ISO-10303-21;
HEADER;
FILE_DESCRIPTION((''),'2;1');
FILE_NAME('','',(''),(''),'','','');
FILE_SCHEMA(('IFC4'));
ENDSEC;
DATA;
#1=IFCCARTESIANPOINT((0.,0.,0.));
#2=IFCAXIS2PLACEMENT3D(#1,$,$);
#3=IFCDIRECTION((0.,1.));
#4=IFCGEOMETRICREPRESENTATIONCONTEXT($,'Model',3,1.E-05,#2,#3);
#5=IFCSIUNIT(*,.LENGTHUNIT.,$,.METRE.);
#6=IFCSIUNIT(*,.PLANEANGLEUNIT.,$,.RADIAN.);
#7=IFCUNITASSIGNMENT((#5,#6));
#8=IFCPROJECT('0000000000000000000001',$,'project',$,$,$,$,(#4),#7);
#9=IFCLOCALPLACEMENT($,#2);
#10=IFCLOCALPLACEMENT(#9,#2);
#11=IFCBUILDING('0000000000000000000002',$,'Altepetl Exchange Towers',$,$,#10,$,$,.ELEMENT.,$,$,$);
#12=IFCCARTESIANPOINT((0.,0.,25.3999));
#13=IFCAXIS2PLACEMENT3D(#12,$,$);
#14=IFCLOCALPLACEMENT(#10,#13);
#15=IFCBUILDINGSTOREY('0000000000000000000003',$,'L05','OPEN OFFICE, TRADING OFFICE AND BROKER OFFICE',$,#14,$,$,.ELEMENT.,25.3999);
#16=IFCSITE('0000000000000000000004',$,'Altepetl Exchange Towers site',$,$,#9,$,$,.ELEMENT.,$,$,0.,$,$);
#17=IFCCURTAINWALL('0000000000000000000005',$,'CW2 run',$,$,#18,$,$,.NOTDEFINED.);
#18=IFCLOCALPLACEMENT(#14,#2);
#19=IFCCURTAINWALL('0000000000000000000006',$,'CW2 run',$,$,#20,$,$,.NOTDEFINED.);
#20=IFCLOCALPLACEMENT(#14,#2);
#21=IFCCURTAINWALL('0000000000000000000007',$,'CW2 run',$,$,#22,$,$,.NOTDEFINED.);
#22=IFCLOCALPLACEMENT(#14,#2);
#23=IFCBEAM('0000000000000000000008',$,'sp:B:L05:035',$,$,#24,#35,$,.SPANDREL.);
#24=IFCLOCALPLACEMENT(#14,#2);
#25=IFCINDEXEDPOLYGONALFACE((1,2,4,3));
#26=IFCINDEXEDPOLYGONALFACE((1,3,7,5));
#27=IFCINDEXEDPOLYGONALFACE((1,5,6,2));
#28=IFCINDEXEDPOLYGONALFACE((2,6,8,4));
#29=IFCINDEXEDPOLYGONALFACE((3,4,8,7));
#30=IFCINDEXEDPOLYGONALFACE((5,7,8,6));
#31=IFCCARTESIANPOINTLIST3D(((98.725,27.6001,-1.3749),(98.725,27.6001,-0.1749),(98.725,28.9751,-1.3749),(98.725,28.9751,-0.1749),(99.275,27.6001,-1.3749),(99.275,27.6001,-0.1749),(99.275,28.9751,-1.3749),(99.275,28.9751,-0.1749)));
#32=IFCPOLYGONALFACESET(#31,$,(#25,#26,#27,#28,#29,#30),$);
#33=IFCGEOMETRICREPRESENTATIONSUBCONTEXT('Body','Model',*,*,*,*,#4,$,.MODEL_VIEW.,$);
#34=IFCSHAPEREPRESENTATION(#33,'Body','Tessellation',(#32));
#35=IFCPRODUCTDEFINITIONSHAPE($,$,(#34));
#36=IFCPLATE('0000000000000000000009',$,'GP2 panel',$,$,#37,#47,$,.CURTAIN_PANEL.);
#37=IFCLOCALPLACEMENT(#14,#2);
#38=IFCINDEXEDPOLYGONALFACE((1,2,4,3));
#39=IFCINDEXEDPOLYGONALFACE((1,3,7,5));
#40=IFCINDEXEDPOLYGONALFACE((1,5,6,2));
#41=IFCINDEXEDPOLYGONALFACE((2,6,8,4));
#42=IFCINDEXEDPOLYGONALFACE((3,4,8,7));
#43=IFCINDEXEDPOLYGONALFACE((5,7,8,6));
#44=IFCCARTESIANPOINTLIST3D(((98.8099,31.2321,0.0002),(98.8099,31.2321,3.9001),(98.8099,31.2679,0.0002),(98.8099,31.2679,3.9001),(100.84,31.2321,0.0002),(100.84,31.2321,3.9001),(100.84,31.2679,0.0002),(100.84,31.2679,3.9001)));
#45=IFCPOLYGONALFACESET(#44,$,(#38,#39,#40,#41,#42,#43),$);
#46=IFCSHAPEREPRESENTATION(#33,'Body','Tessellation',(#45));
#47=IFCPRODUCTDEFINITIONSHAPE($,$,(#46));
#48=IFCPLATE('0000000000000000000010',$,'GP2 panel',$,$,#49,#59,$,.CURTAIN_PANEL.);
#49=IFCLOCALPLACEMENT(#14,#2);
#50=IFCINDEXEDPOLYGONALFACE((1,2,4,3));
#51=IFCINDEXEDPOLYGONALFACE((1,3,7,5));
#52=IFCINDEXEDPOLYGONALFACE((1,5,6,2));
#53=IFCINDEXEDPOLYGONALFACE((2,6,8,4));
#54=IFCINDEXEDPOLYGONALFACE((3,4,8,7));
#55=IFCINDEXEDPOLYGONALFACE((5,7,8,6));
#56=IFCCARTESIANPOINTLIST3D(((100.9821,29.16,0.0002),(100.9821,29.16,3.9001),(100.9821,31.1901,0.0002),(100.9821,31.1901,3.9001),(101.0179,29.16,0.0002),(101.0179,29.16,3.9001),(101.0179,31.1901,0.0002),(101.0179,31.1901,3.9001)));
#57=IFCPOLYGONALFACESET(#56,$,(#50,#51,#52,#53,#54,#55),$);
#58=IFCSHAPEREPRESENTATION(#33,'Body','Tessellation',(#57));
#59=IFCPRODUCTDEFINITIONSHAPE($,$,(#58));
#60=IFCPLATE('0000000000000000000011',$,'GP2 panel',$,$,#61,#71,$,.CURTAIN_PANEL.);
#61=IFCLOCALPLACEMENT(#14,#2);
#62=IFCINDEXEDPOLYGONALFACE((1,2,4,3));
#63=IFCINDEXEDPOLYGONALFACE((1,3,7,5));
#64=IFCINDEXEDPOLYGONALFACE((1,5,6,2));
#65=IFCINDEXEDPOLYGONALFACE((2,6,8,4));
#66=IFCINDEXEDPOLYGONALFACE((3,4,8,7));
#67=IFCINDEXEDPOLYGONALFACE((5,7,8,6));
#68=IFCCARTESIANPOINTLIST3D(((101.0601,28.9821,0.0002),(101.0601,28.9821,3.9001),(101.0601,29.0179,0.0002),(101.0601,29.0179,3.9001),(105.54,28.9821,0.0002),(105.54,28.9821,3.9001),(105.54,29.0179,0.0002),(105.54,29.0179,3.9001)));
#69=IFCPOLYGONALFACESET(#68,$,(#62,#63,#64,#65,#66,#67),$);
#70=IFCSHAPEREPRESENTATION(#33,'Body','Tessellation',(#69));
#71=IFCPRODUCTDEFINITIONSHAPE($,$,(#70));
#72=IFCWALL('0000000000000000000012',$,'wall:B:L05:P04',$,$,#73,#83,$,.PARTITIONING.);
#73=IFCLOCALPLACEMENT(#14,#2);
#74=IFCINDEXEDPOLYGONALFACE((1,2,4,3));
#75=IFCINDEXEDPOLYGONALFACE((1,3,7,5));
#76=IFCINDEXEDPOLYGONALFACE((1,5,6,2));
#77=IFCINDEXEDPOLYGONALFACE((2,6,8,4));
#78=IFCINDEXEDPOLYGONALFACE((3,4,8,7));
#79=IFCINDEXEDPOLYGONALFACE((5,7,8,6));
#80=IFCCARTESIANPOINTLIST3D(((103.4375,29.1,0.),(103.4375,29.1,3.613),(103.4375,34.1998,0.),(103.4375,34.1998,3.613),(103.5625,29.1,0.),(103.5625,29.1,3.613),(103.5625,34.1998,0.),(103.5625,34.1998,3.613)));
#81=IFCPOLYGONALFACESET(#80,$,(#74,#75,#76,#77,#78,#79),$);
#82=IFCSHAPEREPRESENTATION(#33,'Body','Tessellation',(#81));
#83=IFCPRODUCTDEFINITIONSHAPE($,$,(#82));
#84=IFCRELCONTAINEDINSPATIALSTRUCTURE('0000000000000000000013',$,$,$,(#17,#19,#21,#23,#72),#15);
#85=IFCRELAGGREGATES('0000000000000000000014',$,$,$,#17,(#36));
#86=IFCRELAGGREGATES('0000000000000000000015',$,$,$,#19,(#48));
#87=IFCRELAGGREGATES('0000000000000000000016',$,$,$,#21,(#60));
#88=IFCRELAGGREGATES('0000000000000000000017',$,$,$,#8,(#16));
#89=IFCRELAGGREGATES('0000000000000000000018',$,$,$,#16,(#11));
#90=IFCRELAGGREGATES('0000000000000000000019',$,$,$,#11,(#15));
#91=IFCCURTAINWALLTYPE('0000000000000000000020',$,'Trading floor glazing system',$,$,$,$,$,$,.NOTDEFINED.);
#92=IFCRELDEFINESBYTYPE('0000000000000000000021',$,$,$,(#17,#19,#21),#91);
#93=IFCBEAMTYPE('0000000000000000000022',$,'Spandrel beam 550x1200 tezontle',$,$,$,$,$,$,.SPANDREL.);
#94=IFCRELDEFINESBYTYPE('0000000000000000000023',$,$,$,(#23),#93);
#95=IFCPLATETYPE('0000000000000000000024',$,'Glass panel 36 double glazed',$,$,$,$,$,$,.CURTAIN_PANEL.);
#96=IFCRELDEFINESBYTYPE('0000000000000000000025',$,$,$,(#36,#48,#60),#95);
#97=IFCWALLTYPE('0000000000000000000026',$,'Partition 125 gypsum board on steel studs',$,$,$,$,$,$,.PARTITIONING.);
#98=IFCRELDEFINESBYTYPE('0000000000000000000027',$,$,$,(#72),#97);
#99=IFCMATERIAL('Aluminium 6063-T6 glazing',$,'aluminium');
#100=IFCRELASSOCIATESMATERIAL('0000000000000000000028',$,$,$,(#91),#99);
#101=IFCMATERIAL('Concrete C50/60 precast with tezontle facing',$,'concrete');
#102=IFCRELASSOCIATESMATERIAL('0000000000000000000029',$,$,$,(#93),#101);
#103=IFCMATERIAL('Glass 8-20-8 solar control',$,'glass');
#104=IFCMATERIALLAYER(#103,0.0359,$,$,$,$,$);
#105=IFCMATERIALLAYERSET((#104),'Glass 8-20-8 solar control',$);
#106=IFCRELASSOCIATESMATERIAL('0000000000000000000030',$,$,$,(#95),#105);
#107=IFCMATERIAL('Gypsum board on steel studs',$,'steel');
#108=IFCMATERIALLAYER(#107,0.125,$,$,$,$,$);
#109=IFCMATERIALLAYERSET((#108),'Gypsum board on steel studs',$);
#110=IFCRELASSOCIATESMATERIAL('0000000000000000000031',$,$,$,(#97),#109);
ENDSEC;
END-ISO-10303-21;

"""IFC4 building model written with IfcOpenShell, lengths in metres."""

from ifc_helpers import new_model, si_unit, direction, frame, frame_2d, origin, origin_2d, place, context, subcontext, project, spatial, rectangle, extrude, material, layer, layer_set, material_profile, profile_set, type_object, element, aggregate, save


model = new_model("IFC4")

# Units and contexts
model_context = context("Model", 3, precision=1e-05, world=origin(), true_north=direction((0.0, 1.0)))
body_context = subcontext(model_context, "Body", "Model", "MODEL_VIEW")
ifc_project = project(units=[si_unit("LENGTHUNIT", "METRE"), si_unit("PLANEANGLEUNIT", "RADIAN")], contexts=[model_context])

# Site, building, storey
site_placement = place(None, origin())
site = spatial("IfcSite", under=ifc_project, at=site_placement, Name="Altepetl Exchange Towers site", CompositionType="ELEMENT", RefElevation=0.0)
building_placement = place(site_placement, origin())
building = spatial("IfcBuilding", under=site, at=building_placement, Name="Altepetl Exchange Towers", CompositionType="ELEMENT")
storey_placement = place(building_placement, frame((0.0, 0.0, 25.3999)))
storey = spatial("IfcBuildingStorey", under=building, at=storey_placement, Name="L05", Description="OPEN OFFICE, TRADING OFFICE AND BROKER OFFICE", CompositionType="ELEMENT", Elevation=25.3999)

# Curtain wall
ifc_material_1 = material(Name="Aluminium 6063-T6 glazing", Category="aluminium")
curtain_wall_type = type_object("IfcCurtainWallType", Name="Trading floor glazing system", PredefinedType="NOTDEFINED", material=ifc_material_1)
curtain_wall_1_placement = place(storey_placement, origin())
curtain_wall_1 = element("IfcCurtainWall", 1, at=curtain_wall_1_placement, inside=storey, type_object=curtain_wall_type, Name="CW2 run", PredefinedType="NOTDEFINED")

# Curtain wall
curtain_wall_2_placement = place(storey_placement, origin())
curtain_wall_2 = element("IfcCurtainWall", 2, at=curtain_wall_2_placement, inside=storey, type_object=curtain_wall_type, Name="CW2 run", PredefinedType="NOTDEFINED")

# Curtain wall
curtain_wall_3_placement = place(storey_placement, origin())
curtain_wall_3 = element("IfcCurtainWall", 3, at=curtain_wall_3_placement, inside=storey, type_object=curtain_wall_type, Name="CW2 run", PredefinedType="NOTDEFINED")

# Beam
ifc_material_2 = material(Name="Concrete C50/60 precast with tezontle facing", Category="concrete")
ifc_material_profile_1 = material_profile(ifc_material_2, rectangle(XDim=0.55, YDim=1.2, at=origin_2d()), Name="550 x 1200")
ifc_profile_set_1 = profile_set([ifc_material_profile_1], Name="Concrete C50/60 precast with tezontle facing")
beam_type_1 = type_object("IfcBeamType", Name="Spandrel beam 550x1200 tezontle", PredefinedType="SPANDREL", material=ifc_profile_set_1)
beam_1_placement = place(storey_placement, frame((99.0, 28.9751, -0.7749), z_axis=(0.0, -1.0, 0.0), x_axis=(1.0, 0.0, 0.0)))
element("IfcBeam", 4, at=beam_1_placement, inside=storey, type_object=beam_type_1, Name="sp:B:L05:035", PredefinedType="SPANDREL", context=body_context, shape_type="SweptSolid", body=[
    extrude(rectangle(XDim=0.55, YDim=1.2, at=origin_2d()), origin(), (0.0, 0.0, 1.0), 1.375),
])

# Plates
ifc_material_3 = material(Name="Glass 8-20-8 solar control", Category="glass")
ifc_layer_1 = layer(ifc_material_3, 0.0359)
ifc_layer_set_1 = layer_set([ifc_layer_1], Name="Glass 8-20-8 solar control")
plate_type = type_object("IfcPlateType", Name="Glass panel 36 double glazed", PredefinedType="CURTAIN_PANEL", material=ifc_layer_set_1)
plate_1_placement = place(storey_placement, frame((99.825, 31.25, 0.0002)))
plate_1 = element("IfcPlate", 5, at=plate_1_placement, type_object=plate_type, Name="GP2 panel", PredefinedType="CURTAIN_PANEL", context=body_context, shape_type="SweptSolid", body=[
    extrude(rectangle(XDim=2.03, YDim=0.0359, at=origin_2d()), origin(), (0.0, 0.0, 1.0), 3.8999),
])
aggregate(curtain_wall_1, [plate_1])
plate_2_placement = place(storey_placement, frame((101.0, 30.175, 0.0002), z_axis=(0.0, 0.0, 1.0), x_axis=(0.0, -1.0, 0.0)))
plate_2 = element("IfcPlate", 6, at=plate_2_placement, type_object=plate_type, Name="GP2 panel", PredefinedType="CURTAIN_PANEL", context=body_context, shape_type="SweptSolid", body=[
    extrude(rectangle(XDim=2.03, YDim=0.0359, at=origin_2d()), origin(), (0.0, 0.0, 1.0), 3.8999),
])
aggregate(curtain_wall_2, [plate_2])
plate_3_placement = place(storey_placement, frame((103.3, 29.0, 0.0002)))
plate_3 = element("IfcPlate", 7, at=plate_3_placement, type_object=plate_type, Name="GP2 panel", PredefinedType="CURTAIN_PANEL", context=body_context, shape_type="SweptSolid", body=[
    extrude(rectangle(XDim=4.48, YDim=0.0359, at=origin_2d()), origin(), (0.0, 0.0, 1.0), 3.8999),
])
aggregate(curtain_wall_3, [plate_3])

# Wall
ifc_material_4 = material(Name="Gypsum board on steel studs", Category="steel")
ifc_layer_2 = layer(ifc_material_4, 0.125)
ifc_layer_set_2 = layer_set([ifc_layer_2], Name="Gypsum board on steel studs")
wall_type = type_object("IfcWallType", Name="Partition 125 gypsum board on steel studs", PredefinedType="PARTITIONING", material=ifc_layer_set_2)
wall_placement = place(storey_placement, frame((103.5, 29.1001, 0.0), z_axis=(0.0, 0.0, 1.0), x_axis=(0.0, 1.0, 0.0)))
element("IfcWall", 8, at=wall_placement, inside=storey, type_object=wall_type, Name="wall:B:L05:P04", PredefinedType="PARTITIONING", context=body_context, shape_type="SweptSolid", body=[
    extrude(rectangle(XDim=5.0999, YDim=0.125, at=frame_2d((2.5498, 0.0))), origin(), (0.0, 0.0, 1.0), 3.613),
])

save(model, "model.ifc")
